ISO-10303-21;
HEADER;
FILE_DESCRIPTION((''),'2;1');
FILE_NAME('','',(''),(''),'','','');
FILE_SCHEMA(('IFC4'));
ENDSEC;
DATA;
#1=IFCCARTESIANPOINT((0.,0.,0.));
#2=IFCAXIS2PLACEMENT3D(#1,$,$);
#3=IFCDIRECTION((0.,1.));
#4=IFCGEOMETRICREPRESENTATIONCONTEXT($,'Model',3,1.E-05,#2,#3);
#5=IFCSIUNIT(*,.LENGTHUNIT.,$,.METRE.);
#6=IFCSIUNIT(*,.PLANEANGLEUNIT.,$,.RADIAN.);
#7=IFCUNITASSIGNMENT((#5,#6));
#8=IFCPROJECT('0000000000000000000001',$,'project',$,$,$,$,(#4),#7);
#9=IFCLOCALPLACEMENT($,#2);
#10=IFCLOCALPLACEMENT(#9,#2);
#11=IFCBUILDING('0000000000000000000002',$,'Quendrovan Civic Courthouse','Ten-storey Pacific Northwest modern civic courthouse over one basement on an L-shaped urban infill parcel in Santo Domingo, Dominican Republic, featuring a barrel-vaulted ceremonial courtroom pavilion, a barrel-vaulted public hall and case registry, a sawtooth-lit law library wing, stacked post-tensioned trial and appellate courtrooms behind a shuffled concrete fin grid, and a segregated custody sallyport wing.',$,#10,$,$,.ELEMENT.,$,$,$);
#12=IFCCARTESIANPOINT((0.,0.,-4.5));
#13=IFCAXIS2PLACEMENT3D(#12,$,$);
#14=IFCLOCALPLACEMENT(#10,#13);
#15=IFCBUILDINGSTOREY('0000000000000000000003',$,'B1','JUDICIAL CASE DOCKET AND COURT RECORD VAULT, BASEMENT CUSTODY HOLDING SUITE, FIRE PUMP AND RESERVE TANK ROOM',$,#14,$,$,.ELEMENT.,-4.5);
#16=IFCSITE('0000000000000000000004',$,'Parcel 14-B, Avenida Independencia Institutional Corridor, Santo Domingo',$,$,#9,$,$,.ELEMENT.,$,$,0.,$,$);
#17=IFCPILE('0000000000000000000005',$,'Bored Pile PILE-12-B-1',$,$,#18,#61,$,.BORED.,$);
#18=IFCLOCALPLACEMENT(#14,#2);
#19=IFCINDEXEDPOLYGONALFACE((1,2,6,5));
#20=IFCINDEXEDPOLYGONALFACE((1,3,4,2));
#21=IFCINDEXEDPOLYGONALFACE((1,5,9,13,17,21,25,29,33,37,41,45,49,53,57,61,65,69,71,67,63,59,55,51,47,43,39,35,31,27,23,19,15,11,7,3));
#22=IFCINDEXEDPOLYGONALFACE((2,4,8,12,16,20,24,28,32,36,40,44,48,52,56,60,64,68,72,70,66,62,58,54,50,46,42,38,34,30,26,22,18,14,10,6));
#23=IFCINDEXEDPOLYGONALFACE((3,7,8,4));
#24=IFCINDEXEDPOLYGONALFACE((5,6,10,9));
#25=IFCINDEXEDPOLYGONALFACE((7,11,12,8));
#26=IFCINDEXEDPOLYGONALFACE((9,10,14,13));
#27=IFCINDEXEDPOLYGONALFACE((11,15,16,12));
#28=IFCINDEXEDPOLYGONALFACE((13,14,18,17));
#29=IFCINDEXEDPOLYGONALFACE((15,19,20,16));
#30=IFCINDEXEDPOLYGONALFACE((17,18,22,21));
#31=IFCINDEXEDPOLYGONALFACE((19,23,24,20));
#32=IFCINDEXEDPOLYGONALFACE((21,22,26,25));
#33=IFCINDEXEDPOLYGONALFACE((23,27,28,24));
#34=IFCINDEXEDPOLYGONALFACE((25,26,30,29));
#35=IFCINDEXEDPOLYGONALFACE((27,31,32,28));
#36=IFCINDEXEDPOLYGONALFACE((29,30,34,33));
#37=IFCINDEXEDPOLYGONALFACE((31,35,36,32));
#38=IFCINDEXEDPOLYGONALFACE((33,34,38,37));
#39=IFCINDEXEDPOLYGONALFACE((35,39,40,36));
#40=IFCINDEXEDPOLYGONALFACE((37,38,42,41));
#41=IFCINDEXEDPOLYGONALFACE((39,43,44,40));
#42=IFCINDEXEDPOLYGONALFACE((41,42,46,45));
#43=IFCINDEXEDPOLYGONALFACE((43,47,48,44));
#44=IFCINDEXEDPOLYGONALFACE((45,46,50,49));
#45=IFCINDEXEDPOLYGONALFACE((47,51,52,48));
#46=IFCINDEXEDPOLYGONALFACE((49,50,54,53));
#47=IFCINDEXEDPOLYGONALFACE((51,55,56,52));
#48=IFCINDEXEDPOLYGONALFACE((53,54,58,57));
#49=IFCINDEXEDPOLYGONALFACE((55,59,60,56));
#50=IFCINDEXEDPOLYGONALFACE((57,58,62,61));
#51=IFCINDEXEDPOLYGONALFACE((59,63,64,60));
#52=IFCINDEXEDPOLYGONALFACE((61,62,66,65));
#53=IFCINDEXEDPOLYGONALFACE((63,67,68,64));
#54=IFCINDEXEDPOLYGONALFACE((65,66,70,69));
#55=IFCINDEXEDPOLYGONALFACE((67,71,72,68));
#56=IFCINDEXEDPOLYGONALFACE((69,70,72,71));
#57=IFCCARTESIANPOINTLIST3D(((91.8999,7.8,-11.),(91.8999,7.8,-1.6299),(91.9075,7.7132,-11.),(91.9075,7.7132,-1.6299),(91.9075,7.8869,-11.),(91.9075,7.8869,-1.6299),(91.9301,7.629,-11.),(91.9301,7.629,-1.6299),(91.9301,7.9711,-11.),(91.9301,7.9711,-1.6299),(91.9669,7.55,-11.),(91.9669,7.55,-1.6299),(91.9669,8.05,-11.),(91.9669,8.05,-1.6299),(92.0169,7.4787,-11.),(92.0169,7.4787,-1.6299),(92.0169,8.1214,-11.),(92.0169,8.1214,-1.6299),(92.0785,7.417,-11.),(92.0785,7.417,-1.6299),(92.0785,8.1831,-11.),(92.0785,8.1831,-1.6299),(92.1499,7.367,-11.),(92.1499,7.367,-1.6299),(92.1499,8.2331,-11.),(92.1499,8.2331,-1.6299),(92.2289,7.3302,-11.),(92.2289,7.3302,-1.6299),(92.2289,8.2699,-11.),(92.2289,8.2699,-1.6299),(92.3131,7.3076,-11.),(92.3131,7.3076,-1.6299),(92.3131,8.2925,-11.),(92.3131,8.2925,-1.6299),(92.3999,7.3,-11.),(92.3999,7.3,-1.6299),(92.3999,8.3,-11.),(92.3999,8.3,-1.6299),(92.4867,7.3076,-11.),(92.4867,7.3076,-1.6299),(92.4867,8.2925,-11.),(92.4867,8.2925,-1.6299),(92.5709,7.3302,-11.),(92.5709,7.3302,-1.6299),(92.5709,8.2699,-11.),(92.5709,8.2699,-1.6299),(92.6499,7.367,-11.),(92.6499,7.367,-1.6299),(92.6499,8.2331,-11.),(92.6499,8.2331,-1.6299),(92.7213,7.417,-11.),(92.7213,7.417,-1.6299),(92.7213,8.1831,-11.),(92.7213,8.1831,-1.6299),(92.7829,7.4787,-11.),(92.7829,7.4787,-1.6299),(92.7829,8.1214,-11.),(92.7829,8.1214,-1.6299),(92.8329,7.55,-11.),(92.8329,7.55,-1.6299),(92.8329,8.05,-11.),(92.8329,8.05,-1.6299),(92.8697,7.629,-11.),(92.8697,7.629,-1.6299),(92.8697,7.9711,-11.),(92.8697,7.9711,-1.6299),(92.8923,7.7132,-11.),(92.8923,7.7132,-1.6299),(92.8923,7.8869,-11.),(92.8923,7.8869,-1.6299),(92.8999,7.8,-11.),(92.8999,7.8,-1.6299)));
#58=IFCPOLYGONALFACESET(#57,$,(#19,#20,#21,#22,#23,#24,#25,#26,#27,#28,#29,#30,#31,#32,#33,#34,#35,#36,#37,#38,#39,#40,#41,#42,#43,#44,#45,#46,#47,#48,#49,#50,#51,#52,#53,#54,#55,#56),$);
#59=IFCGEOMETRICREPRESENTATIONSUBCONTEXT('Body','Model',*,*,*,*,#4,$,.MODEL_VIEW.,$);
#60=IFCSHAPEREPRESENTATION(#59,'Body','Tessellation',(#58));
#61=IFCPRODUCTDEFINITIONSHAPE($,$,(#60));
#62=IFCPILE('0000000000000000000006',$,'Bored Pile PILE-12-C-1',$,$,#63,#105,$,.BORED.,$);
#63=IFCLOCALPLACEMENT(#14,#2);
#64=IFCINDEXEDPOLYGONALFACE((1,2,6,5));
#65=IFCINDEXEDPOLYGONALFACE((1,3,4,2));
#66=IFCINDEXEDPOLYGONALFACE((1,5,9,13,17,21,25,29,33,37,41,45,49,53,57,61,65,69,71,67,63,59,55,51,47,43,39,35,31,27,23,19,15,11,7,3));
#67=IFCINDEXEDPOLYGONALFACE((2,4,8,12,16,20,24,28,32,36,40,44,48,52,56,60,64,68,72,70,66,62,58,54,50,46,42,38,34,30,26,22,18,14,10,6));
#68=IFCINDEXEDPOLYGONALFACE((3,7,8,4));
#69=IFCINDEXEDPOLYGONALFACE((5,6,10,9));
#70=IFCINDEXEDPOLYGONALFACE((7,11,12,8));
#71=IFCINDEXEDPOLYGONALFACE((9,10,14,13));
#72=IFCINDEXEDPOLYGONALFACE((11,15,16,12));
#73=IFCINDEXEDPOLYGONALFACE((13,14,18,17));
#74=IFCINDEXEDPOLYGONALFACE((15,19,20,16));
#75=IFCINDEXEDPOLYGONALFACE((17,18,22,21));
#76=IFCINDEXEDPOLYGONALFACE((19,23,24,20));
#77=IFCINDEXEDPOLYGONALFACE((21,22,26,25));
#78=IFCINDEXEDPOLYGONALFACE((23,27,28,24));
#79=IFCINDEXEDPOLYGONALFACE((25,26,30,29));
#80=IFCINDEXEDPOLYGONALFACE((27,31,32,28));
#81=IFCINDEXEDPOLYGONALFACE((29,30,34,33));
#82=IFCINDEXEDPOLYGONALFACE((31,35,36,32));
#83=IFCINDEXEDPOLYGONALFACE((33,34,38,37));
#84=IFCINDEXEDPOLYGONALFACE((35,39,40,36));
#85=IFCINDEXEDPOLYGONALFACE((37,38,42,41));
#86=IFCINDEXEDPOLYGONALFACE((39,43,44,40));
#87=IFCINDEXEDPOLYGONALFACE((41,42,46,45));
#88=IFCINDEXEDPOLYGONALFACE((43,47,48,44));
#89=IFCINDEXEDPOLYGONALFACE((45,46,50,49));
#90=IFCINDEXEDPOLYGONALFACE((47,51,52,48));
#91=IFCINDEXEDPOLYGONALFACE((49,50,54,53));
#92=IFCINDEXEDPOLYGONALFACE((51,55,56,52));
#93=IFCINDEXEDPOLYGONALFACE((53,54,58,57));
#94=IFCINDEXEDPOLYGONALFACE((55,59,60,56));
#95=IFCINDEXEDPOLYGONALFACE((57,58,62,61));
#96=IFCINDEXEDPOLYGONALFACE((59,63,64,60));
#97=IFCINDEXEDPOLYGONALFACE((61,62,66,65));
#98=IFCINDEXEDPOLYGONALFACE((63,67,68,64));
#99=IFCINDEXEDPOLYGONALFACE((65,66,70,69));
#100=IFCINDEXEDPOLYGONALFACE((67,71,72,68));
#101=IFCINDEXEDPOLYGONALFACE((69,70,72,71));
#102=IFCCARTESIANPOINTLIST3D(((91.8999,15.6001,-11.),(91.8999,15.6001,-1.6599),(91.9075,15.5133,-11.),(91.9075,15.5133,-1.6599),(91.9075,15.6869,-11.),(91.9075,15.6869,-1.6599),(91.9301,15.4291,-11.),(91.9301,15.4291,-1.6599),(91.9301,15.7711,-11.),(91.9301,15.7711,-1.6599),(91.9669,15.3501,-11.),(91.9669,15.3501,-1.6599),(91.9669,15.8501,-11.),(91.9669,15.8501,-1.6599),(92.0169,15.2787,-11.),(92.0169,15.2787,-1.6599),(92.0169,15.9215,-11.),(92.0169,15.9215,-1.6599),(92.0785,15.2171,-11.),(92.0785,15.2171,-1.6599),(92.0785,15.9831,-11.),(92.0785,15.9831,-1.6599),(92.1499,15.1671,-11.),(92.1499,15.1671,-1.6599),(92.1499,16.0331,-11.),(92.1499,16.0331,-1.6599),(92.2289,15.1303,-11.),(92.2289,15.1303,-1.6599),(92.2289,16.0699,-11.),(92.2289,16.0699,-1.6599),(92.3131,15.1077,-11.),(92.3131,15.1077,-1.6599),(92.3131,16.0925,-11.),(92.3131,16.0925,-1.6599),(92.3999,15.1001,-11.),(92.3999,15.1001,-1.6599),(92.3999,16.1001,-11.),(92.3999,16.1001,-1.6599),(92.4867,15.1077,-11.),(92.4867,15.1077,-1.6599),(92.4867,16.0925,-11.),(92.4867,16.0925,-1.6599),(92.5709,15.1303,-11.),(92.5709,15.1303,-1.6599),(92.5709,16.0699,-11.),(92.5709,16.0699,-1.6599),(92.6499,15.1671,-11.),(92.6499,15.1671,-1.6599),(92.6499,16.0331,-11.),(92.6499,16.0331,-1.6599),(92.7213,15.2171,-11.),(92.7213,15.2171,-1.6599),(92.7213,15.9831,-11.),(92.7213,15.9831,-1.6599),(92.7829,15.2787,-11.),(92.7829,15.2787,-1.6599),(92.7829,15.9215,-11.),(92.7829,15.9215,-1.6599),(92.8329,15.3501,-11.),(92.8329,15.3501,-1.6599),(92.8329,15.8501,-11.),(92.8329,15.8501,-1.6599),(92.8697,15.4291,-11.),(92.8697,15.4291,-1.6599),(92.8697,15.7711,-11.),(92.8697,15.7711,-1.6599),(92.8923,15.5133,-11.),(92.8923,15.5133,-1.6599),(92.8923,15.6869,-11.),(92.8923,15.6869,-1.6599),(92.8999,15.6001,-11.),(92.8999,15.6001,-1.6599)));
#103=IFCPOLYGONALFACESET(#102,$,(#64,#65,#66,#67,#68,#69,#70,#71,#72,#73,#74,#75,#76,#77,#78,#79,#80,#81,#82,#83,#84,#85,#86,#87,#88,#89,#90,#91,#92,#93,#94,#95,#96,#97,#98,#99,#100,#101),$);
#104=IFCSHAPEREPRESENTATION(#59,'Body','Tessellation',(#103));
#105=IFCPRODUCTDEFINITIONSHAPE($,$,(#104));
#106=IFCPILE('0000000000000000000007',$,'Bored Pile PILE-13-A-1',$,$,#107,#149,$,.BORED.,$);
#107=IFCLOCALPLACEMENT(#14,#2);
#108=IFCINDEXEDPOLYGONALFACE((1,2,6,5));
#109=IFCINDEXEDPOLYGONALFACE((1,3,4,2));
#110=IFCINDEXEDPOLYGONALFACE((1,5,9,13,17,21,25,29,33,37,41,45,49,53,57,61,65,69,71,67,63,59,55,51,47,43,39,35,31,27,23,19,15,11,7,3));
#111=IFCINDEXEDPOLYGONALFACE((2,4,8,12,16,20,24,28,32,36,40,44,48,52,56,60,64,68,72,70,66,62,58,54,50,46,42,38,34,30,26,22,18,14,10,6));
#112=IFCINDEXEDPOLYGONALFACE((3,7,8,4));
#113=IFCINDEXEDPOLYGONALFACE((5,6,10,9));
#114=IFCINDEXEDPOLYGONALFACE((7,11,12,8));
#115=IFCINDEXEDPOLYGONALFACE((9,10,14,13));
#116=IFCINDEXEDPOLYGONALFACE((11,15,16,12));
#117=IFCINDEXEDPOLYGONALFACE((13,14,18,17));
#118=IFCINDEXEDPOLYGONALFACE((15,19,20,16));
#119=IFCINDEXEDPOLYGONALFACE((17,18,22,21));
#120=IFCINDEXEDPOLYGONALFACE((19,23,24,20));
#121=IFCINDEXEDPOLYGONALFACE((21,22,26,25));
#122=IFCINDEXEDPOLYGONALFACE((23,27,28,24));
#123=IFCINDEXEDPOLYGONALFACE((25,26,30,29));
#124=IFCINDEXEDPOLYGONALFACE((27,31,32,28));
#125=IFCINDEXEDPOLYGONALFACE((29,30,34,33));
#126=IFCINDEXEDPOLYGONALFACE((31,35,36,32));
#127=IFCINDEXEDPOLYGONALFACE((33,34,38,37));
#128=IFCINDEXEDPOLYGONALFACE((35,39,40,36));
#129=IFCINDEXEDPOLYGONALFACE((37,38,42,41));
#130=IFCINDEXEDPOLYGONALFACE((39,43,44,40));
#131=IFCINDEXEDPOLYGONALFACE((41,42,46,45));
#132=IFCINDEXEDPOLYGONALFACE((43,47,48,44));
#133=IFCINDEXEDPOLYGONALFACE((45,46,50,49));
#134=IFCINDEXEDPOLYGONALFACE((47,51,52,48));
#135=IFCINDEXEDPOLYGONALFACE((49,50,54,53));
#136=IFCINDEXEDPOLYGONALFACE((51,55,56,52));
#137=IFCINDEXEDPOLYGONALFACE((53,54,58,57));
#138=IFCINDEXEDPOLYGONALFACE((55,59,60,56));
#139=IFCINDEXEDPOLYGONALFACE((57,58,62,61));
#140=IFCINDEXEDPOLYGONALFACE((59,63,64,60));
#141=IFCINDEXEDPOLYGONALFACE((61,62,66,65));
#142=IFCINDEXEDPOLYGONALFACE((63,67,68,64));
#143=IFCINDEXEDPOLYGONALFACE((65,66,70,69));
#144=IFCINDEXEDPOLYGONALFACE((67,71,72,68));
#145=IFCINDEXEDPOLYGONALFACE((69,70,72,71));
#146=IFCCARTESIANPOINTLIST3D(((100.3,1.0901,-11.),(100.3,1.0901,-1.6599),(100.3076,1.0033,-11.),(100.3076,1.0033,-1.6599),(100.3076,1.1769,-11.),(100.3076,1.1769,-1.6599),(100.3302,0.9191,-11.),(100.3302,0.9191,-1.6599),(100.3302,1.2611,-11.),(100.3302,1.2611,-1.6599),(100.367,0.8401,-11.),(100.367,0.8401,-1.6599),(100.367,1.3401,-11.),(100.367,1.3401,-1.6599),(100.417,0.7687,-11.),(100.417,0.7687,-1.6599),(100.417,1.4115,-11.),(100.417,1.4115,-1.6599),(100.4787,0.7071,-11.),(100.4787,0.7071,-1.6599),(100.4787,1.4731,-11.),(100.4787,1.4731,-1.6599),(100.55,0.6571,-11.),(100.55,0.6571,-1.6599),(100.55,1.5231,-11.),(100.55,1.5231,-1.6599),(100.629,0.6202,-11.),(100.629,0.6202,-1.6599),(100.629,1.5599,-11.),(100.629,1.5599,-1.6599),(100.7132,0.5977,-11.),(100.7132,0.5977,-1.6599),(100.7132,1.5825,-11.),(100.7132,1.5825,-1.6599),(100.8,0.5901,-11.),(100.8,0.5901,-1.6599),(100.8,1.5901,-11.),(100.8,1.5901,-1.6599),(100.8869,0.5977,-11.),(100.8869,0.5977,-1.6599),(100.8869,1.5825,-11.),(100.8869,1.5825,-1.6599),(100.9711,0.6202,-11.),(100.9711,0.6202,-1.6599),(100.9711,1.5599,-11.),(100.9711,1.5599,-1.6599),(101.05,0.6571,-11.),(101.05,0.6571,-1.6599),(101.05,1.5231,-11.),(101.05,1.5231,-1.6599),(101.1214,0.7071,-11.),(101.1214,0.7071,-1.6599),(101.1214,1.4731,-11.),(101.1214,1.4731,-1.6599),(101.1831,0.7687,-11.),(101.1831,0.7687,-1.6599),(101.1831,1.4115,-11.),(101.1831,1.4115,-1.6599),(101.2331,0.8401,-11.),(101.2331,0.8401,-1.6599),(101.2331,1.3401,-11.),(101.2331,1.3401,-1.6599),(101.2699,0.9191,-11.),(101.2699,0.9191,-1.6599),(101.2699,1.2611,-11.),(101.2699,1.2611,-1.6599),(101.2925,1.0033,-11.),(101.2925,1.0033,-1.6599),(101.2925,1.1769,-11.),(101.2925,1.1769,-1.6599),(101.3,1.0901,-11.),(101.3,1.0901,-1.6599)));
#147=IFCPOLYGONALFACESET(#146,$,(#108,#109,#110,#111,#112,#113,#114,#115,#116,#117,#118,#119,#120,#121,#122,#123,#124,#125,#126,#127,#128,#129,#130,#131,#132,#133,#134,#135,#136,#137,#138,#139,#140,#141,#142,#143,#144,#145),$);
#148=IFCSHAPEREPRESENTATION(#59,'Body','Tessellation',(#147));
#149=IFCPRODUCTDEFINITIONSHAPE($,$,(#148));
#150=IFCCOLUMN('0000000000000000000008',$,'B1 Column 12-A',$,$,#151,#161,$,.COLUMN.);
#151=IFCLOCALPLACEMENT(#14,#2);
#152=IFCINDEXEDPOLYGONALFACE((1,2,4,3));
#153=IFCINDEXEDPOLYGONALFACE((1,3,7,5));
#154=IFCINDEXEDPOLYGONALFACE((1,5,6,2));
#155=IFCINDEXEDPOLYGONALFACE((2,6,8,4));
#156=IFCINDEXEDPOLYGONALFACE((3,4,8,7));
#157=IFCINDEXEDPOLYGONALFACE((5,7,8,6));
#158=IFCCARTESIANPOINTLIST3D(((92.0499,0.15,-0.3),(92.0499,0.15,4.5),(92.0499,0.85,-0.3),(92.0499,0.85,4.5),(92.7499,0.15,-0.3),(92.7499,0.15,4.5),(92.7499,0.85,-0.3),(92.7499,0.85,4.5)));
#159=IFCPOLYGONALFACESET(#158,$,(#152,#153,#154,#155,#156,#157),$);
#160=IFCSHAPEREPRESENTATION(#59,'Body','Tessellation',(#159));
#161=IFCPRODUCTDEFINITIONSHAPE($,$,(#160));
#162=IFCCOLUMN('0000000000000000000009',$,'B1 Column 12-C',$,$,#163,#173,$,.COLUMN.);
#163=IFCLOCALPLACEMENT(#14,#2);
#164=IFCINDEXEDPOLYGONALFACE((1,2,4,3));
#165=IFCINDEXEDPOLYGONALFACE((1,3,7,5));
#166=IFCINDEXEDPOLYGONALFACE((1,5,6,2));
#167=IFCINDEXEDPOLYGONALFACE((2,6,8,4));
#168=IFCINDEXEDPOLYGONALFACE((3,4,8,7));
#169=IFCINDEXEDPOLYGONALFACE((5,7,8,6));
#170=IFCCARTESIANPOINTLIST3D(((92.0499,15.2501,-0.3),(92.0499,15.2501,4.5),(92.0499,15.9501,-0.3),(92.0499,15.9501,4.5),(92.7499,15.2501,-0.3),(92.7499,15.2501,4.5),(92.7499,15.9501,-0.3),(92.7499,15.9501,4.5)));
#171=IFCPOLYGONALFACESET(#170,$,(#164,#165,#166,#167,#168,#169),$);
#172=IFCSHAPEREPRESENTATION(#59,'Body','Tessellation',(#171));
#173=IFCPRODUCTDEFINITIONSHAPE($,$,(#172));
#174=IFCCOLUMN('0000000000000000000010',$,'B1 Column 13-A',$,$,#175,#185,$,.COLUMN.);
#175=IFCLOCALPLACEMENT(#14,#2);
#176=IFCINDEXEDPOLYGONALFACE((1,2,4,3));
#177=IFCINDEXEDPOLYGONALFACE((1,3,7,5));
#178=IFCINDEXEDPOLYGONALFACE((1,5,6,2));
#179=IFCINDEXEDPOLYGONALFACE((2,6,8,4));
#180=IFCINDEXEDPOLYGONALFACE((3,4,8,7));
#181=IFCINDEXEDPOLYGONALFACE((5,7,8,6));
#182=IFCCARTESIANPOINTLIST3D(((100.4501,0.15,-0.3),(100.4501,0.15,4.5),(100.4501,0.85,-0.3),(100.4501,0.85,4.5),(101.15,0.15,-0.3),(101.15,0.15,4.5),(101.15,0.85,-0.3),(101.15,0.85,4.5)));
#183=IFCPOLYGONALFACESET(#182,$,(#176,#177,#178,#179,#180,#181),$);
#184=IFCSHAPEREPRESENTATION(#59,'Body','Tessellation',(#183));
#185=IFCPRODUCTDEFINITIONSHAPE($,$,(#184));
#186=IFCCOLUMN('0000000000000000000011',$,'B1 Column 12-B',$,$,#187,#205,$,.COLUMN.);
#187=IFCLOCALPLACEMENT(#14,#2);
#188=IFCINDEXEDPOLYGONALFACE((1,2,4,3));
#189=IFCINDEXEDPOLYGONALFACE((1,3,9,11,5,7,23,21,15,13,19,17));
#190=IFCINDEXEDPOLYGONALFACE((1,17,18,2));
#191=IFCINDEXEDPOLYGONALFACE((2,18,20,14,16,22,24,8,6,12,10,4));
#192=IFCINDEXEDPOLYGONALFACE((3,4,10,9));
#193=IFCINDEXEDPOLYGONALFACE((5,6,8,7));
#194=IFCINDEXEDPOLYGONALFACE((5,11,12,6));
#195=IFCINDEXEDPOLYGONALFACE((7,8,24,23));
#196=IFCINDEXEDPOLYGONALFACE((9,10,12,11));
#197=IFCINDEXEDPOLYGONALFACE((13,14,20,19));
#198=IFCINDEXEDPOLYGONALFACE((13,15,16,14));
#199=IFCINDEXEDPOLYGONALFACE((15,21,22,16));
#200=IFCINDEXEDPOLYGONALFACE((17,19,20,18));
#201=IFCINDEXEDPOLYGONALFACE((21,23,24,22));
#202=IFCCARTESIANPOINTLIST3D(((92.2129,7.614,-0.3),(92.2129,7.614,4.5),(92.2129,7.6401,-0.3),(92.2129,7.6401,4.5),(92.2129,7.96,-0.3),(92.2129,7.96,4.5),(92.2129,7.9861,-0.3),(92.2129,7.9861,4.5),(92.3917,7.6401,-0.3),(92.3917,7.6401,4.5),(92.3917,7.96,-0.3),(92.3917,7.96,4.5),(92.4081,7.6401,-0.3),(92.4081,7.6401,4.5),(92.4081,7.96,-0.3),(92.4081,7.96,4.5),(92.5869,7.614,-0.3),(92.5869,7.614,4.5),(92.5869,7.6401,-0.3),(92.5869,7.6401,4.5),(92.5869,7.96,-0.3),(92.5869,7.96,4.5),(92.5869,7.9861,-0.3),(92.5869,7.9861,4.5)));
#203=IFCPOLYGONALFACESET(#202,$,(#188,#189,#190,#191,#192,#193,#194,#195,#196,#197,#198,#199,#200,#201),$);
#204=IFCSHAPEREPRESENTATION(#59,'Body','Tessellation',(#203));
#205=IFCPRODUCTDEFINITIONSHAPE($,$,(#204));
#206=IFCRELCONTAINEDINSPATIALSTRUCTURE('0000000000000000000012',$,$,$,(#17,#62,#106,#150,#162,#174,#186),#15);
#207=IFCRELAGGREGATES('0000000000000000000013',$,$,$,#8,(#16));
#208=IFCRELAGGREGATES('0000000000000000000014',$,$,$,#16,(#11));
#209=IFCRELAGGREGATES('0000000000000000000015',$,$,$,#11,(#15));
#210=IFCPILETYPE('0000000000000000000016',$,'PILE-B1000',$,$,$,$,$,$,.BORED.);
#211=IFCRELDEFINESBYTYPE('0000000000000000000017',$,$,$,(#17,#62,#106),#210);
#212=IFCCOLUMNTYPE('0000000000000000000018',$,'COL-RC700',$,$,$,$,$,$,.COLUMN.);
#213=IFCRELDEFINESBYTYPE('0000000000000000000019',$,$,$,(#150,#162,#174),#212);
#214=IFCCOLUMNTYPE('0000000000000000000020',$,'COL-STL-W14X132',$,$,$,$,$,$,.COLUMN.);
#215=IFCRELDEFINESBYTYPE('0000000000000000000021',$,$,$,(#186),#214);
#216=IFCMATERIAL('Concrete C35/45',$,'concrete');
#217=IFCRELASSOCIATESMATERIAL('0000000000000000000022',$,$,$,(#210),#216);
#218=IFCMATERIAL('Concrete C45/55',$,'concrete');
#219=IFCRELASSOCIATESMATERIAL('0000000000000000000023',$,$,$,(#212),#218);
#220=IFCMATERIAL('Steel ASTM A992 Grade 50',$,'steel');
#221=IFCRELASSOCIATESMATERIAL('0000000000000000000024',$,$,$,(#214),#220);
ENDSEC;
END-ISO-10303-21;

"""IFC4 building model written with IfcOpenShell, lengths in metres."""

from ifc_helpers import new_model, si_unit, direction, frame, origin, origin_2d, place, context, subcontext, project, spatial, rectangle, circle, i_section, extrude, material, material_profile, profile_set, type_object, element, save


model = new_model("IFC4")

# Units and contexts
model_context = context("Model", 3, precision=1e-05, world=origin(), true_north=direction((0.0, 1.0)))
body_context = subcontext(model_context, "Body", "Model", "MODEL_VIEW")
ifc_project = project(units=[si_unit("LENGTHUNIT", "METRE"), si_unit("PLANEANGLEUNIT", "RADIAN")], contexts=[model_context])

# Site, building, storey
site_placement = place(None, origin())
site = spatial("IfcSite", under=ifc_project, at=site_placement, Name="Parcel 14-B, Avenida Independencia Institutional Corridor, Santo Domingo", CompositionType="ELEMENT", RefElevation=0.0)
building_placement = place(site_placement, origin())
building = spatial("IfcBuilding", under=site, at=building_placement, Name="Quendrovan Civic Courthouse", Description="Ten-storey Pacific Northwest modern civic courthouse over one basement on an L-shaped urban infill parcel in Santo Domingo, Dominican Republic, featuring a barrel-vaulted ceremonial courtroom pavilion, a barrel-vaulted public hall and case registry, a sawtooth-lit law library wing, stacked post-tensioned trial and appellate courtrooms behind a shuffled concrete fin grid, and a segregated custody sallyport wing.", CompositionType="ELEMENT")
storey_placement = place(building_placement, frame((0.0, 0.0, -4.5)))
storey = spatial("IfcBuildingStorey", under=building, at=storey_placement, Name="B1", Description="JUDICIAL CASE DOCKET AND COURT RECORD VAULT, BASEMENT CUSTODY HOLDING SUITE, FIRE PUMP AND RESERVE TANK ROOM", CompositionType="ELEMENT", Elevation=-4.5)

# Shared definitions
ifc_material_1 = material(Name="Concrete C35/45", Category="concrete")

# Piles
ifc_material_profile_1 = material_profile(ifc_material_1, circle(Radius=0.5, at=origin_2d()), Name="PILE-D1000")
ifc_profile_set_1 = profile_set([ifc_material_profile_1], Name="Concrete C35/45")
pile_type = type_object("IfcPileType", Name="PILE-B1000", PredefinedType="BORED", material=ifc_profile_set_1)
pile_1_placement = place(storey_placement, frame((92.3999, 7.8, -1.6299), z_axis=(0.0, 0.0, -1.0), x_axis=(1.0, 0.0, 0.0)))
element("IfcPile", 1, at=pile_1_placement, inside=storey, type_object=pile_type, Name="Bored Pile PILE-12-B-1", PredefinedType="BORED", context=body_context, shape_type="SweptSolid", body=[
    extrude(circle(Radius=0.5, at=origin_2d()), origin(), (0.0, 0.0, 1.0), 9.3701),
])
for number, where, z_axis, x_axis, name in (
    (2, (92.3999, 15.6001, -1.6599), (0.0, 0.0, -1.0), (1.0, 0.0, 0.0), "Bored Pile PILE-12-C-1"),
    (3, (100.8, 1.0901, -1.6599), (0.0, 0.0, -1.0), (1.0, 0.0, 0.0), "Bored Pile PILE-13-A-1"),
):
    element("IfcPile", number, at=place(storey_placement, frame(where, z_axis=z_axis, x_axis=x_axis)), inside=storey, type_object=pile_type, Name=name, PredefinedType="BORED", context=body_context, shape_type="SweptSolid", body=[
        extrude(circle(Radius=0.5, at=origin_2d()), origin(), (0.0, 0.0, 1.0), 9.3401),
    ])

# Columns
ifc_material_2 = material(Name="Concrete C45/55", Category="concrete")
ifc_material_profile_2 = material_profile(ifc_material_2, rectangle(XDim=0.7, YDim=0.7, at=origin_2d()), Name="RC-COL-700x700")
ifc_profile_set_2 = profile_set([ifc_material_profile_2], Name="Concrete C45/55")
column_type_1 = type_object("IfcColumnType", Name="COL-RC700", PredefinedType="COLUMN", material=ifc_profile_set_2)
for number, where, z_axis, x_axis, name in (
    (4, (92.3999, 0.5, -0.3), (0.0, 0.0, 1.0), (1.0, 0.0, 0.0), "B1 Column 12-A"),
    (5, (92.3999, 15.6001, -0.3), (0.0, 0.0, 1.0), (1.0, 0.0, 0.0), "B1 Column 12-C"),
    (6, (100.8, 0.5, -0.3), (0.0, 0.0, 1.0), (1.0, 0.0, 0.0), "B1 Column 13-A"),
):
    element("IfcColumn", number, at=place(storey_placement, frame(where, z_axis=z_axis, x_axis=x_axis)), inside=storey, type_object=column_type_1, Name=name, PredefinedType="COLUMN", context=body_context, shape_type="SweptSolid", body=[
        extrude(rectangle(XDim=0.7, YDim=0.7, at=origin_2d()), origin(), (0.0, 0.0, 1.0), 4.8),
    ])
ifc_material_3 = material(Name="Steel ASTM A992 Grade 50", Category="steel")
ifc_material_profile_3 = material_profile(ifc_material_3, i_section(OverallWidth=0.374, OverallDepth=0.3721, WebThickness=0.0164, FlangeThickness=0.0261, at=origin_2d()), Name="W14X132")
ifc_profile_set_3 = profile_set([ifc_material_profile_3], Name="Steel ASTM A992 Grade 50")
column_type_2 = type_object("IfcColumnType", Name="COL-STL-W14X132", PredefinedType="COLUMN", material=ifc_profile_set_3)
column_placement = place(storey_placement, frame((92.3999, 7.8, -0.3), z_axis=(0.0, 0.0, 1.0), x_axis=(1.0, 0.0, 0.0)))
element("IfcColumn", 7, at=column_placement, inside=storey, type_object=column_type_2, Name="B1 Column 12-B", PredefinedType="COLUMN", context=body_context, shape_type="SweptSolid", body=[
    extrude(i_section(OverallWidth=0.374, OverallDepth=0.3721, WebThickness=0.0164, FlangeThickness=0.0261, at=origin_2d()), origin(), (0.0, 0.0, 1.0), 4.8),
])

save(model, "model.ifc")
